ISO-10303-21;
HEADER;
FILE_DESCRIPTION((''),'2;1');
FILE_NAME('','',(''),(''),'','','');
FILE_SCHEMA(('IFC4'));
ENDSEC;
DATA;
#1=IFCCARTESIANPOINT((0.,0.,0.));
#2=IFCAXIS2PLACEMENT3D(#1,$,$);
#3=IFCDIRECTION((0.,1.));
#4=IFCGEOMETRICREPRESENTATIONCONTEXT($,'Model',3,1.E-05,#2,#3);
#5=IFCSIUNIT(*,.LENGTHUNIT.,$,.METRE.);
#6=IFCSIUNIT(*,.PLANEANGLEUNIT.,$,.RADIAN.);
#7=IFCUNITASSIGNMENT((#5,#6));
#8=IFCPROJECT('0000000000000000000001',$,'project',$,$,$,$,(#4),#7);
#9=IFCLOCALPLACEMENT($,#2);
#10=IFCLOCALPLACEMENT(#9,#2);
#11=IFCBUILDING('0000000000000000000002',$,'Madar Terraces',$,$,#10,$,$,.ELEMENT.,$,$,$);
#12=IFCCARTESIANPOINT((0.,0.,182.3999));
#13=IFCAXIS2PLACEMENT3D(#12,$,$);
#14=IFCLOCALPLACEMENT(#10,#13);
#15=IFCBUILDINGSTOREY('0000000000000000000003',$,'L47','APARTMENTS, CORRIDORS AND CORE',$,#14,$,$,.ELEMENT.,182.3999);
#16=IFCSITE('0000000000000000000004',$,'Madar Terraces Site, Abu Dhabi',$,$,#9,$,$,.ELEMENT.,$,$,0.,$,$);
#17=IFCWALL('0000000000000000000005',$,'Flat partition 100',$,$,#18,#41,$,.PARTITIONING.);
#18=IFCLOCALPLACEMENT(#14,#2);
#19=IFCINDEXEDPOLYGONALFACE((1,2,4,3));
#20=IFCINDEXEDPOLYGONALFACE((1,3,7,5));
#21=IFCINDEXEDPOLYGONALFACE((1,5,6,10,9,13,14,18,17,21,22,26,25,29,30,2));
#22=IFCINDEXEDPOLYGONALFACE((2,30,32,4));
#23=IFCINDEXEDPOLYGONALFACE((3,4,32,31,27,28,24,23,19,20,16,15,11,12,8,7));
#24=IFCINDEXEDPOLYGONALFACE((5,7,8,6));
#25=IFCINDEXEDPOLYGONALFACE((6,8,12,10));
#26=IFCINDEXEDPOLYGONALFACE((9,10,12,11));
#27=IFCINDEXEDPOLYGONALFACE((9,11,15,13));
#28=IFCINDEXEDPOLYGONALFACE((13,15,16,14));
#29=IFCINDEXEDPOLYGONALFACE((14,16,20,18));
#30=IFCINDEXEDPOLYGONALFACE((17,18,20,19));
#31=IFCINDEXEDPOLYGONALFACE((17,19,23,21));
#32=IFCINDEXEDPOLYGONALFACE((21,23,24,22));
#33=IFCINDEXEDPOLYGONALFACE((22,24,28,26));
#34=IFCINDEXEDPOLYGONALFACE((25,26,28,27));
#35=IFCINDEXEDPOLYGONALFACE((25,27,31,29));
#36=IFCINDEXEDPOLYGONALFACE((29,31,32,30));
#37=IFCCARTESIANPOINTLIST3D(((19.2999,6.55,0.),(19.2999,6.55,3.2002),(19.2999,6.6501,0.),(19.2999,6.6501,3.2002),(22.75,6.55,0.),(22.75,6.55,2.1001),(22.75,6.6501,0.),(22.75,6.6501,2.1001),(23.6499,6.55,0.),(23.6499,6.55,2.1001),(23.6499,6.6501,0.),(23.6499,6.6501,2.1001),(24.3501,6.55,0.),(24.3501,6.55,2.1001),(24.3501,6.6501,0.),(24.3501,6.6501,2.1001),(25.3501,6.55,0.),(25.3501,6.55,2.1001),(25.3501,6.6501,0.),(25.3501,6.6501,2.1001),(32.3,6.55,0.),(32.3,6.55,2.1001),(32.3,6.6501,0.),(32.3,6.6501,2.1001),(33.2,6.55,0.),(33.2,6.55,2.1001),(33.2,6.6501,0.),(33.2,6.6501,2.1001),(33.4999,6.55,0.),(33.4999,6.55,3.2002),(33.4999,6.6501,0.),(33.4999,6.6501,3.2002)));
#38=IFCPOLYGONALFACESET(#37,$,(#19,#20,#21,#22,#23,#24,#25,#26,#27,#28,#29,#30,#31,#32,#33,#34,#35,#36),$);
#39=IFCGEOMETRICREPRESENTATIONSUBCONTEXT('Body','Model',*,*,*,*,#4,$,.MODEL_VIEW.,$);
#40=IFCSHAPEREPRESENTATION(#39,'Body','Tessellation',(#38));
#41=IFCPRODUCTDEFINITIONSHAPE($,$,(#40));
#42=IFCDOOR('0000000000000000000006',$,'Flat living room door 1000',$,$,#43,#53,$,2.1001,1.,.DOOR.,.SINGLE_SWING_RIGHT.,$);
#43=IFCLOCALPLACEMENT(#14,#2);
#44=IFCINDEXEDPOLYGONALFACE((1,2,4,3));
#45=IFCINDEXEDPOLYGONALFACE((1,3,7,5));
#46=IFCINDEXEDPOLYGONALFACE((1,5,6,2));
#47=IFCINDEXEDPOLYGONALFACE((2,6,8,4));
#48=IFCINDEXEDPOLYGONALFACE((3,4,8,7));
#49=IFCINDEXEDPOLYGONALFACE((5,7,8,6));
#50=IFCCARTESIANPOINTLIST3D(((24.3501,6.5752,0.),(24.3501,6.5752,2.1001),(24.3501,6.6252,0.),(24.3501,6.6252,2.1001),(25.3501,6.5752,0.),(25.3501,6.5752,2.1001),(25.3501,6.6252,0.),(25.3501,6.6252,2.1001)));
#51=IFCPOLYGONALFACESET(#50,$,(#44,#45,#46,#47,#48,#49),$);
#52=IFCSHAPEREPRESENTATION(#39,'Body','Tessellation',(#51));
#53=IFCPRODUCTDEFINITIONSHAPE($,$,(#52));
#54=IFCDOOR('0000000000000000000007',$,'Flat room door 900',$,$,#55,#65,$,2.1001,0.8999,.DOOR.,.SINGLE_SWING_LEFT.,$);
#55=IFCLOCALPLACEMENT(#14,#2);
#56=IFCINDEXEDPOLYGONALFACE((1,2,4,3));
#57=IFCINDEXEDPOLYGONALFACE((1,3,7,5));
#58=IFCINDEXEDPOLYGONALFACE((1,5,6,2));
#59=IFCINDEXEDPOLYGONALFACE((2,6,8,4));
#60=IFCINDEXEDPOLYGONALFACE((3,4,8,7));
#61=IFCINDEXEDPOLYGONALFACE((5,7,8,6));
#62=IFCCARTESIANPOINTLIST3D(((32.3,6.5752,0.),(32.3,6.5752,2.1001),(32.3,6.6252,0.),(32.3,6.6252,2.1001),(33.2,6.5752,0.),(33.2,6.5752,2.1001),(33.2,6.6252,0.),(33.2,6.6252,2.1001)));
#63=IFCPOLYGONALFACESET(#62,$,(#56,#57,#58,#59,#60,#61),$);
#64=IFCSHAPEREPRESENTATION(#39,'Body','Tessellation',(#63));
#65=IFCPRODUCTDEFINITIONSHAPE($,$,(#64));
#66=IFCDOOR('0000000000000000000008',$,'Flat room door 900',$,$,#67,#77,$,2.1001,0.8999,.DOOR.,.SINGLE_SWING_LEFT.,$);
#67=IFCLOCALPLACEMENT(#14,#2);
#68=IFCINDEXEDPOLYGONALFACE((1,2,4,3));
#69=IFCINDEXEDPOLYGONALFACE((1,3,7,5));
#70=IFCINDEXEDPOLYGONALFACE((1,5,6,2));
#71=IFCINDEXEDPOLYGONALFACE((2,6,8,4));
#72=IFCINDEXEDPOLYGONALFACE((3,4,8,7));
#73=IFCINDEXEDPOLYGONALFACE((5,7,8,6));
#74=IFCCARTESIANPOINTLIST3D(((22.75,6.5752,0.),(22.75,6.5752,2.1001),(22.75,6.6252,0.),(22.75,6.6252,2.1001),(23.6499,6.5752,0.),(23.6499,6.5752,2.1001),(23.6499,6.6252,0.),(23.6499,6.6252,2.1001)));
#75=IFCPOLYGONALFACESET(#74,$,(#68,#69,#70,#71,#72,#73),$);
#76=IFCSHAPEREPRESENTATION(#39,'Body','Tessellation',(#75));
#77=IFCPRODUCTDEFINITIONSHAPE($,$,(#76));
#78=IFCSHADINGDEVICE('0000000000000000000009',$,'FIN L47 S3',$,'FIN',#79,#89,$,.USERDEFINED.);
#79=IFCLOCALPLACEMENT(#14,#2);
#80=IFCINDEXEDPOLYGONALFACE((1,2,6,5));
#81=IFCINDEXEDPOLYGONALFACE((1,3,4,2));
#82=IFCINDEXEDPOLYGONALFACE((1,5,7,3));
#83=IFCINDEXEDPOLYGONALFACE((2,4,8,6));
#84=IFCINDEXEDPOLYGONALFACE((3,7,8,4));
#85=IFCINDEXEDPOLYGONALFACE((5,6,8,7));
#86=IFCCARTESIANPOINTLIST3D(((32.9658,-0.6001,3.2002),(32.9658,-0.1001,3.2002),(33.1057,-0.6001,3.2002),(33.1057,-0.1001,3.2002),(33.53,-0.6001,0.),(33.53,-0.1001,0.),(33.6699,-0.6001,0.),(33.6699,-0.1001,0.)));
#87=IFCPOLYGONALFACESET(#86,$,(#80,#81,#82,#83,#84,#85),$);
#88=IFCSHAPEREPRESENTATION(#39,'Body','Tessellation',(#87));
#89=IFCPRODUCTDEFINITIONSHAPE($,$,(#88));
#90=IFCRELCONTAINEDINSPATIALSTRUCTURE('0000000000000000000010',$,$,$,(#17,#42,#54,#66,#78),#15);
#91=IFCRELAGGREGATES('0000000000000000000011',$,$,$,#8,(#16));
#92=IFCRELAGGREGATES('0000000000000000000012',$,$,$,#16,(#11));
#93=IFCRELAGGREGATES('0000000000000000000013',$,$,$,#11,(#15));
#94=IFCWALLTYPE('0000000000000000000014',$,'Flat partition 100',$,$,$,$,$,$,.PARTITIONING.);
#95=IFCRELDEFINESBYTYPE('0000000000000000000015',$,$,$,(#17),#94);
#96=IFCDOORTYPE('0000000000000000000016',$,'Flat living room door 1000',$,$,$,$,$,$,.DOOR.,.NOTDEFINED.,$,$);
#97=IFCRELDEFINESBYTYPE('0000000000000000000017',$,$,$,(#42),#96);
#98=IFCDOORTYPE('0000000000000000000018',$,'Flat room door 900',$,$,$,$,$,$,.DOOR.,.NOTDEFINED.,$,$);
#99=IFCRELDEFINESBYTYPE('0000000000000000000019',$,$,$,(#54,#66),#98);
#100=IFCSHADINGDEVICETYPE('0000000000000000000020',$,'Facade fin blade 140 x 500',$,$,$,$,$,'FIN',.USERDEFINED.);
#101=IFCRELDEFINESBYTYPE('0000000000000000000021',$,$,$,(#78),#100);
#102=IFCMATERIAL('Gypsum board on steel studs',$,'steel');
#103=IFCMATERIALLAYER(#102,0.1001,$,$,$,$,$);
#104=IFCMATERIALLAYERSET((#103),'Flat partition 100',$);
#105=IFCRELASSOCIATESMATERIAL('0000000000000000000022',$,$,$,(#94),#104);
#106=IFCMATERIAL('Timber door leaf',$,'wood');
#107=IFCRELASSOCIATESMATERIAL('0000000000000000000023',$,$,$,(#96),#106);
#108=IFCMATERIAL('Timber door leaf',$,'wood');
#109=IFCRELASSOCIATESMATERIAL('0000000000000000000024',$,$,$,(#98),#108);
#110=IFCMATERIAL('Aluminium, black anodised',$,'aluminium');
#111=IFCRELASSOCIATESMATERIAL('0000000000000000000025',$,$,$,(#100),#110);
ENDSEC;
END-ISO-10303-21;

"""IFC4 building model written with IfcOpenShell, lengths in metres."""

from ifc_helpers import new_model, si_unit, direction, frame, frame_2d, origin, place, context, subcontext, project, spatial, polyline, rectangle, outline, extrude, material, layer, layer_set, type_object, element, fill, save


model = new_model("IFC4")

# Units and contexts
model_context = context("Model", 3, precision=1e-05, world=origin(), true_north=direction((0.0, 1.0)))
body_context = subcontext(model_context, "Body", "Model", "MODEL_VIEW")
ifc_project = project(units=[si_unit("LENGTHUNIT", "METRE"), si_unit("PLANEANGLEUNIT", "RADIAN")], contexts=[model_context])

# Site, building, storey
site_placement = place(None, origin())
site = spatial("IfcSite", under=ifc_project, at=site_placement, Name="Madar Terraces Site, Abu Dhabi", CompositionType="ELEMENT", RefElevation=0.0)
building_placement = place(site_placement, origin())
building = spatial("IfcBuilding", under=site, at=building_placement, Name="Madar Terraces", CompositionType="ELEMENT")
storey_placement = place(building_placement, frame((0.0, 0.0, 182.3999)))
storey = spatial("IfcBuildingStorey", under=building, at=storey_placement, Name="L47", Description="APARTMENTS, CORRIDORS AND CORE", CompositionType="ELEMENT", Elevation=182.3999)

# Shared definitions
ifc_material_1 = material(Name="Gypsum board on steel studs", Category="steel")
ifc_layer_1 = layer(ifc_material_1, 0.1001)
ifc_layer_set_1 = layer_set([ifc_layer_1], Name="Flat partition 100")
wall_type_1 = type_object("IfcWallType", Name="Flat partition 100", PredefinedType="PARTITIONING", material=ifc_layer_set_1)

# Wall, openings, doors
wall_1_placement = place(storey_placement, frame((33.5, 6.6001, 0.0), z_axis=(0.0, 0.0, 1.0), x_axis=(-1.0, 0.0, 0.0)))
wall_1 = element("IfcWall", 1, at=wall_1_placement, inside=storey, type_object=wall_type_1, Name="Flat partition 100", PredefinedType="PARTITIONING", context=body_context, shape_type="SweptSolid", body=[
    extrude(rectangle(XDim=14.2, YDim=0.1001, at=frame_2d((7.1001, 0.0))), origin(), (0.0, 0.0, 1.0), 3.2002),
])
opening_1_placement = place(wall_1_placement, frame((0.3, 0.0, 0.0)))
opening_1 = element("IfcOpeningElement", 2, at=opening_1_placement, cuts=wall_1, PredefinedType="OPENING", context=body_context, shape_type="SweptSolid", body=[
    extrude(rectangle(XDim=0.8999, YDim=2.1001, at=frame_2d((0.45, 1.05))), frame((0.0, 0.0601, 0.0), z_axis=(0.0, -1.0, 0.0), x_axis=(1.0, 0.0, 0.0)), (0.0, 0.0, 1.0), 0.1201),
])
opening_2_placement = place(wall_1_placement, frame((8.1499, 0.0, 0.0)))
opening_2 = element("IfcOpeningElement", 3, at=opening_2_placement, cuts=wall_1, PredefinedType="OPENING", context=body_context, shape_type="SweptSolid", body=[
    extrude(rectangle(XDim=1.0, YDim=2.1001, at=frame_2d((0.5, 1.05))), frame((0.0, 0.0601, 0.0), z_axis=(0.0, -1.0, 0.0), x_axis=(1.0, 0.0, 0.0)), (0.0, 0.0, 1.0), 0.1201),
])
opening_3_placement = place(wall_1_placement, frame((9.8501, 0.0, 0.0)))
opening_3 = element("IfcOpeningElement", 4, at=opening_3_placement, cuts=wall_1, PredefinedType="OPENING", context=body_context, shape_type="SweptSolid", body=[
    extrude(rectangle(XDim=0.8999, YDim=2.1001, at=frame_2d((0.45, 1.05))), frame((0.0, 0.0601, 0.0), z_axis=(0.0, -1.0, 0.0), x_axis=(1.0, 0.0, 0.0)), (0.0, 0.0, 1.0), 0.1201),
])
ifc_material_2 = material(Name="Timber door leaf", Category="wood")
door_type_1 = type_object("IfcDoorType", Name="Flat living room door 1000", OperationType="NOTDEFINED", PredefinedType="DOOR", material=ifc_material_2)
door_1_placement = place(opening_2_placement, origin())
door_1 = element("IfcDoor", 5, at=door_1_placement, inside=storey, type_object=door_type_1, Name="Flat living room door 1000", OperationType="SINGLE_SWING_RIGHT", OverallHeight=2.1001, OverallWidth=1.0, PredefinedType="DOOR", context=body_context, shape_type="SweptSolid", body=[
    extrude(rectangle(XDim=1.0, YDim=2.1001, at=frame_2d((0.5, 1.05))), frame((0.0, 0.0249, 0.0), z_axis=(0.0, -1.0, 0.0), x_axis=(1.0, 0.0, 0.0)), (0.0, 0.0, 1.0), 0.05),
])
fill(opening_2, door_1)
ifc_material_3 = material(Name="Timber door leaf", Category="wood")
door_type_2 = type_object("IfcDoorType", Name="Flat room door 900", OperationType="NOTDEFINED", PredefinedType="DOOR", material=ifc_material_3)
door_2_placement = place(opening_1_placement, origin())
door_2 = element("IfcDoor", 6, at=door_2_placement, inside=storey, type_object=door_type_2, Name="Flat room door 900", OperationType="SINGLE_SWING_LEFT", OverallHeight=2.1001, OverallWidth=0.8999, PredefinedType="DOOR", context=body_context, shape_type="SweptSolid", body=[
    extrude(rectangle(XDim=0.8999, YDim=2.1001, at=frame_2d((0.45, 1.05))), frame((0.0, 0.0249, 0.0), z_axis=(0.0, -1.0, 0.0), x_axis=(1.0, 0.0, 0.0)), (0.0, 0.0, 1.0), 0.05),
])
fill(opening_1, door_2)
door_3_placement = place(opening_3_placement, origin())
door_3 = element("IfcDoor", 7, at=door_3_placement, inside=storey, type_object=door_type_2, Name="Flat room door 900", OperationType="SINGLE_SWING_LEFT", OverallHeight=2.1001, OverallWidth=0.8999, PredefinedType="DOOR", context=body_context, shape_type="SweptSolid", body=[
    extrude(rectangle(XDim=0.8999, YDim=2.1001, at=frame_2d((0.45, 1.05))), frame((0.0, 0.0249, 0.0), z_axis=(0.0, -1.0, 0.0), x_axis=(1.0, 0.0, 0.0)), (0.0, 0.0, 1.0), 0.05),
])
fill(opening_3, door_3)

# Shading device
ifc_material_4 = material(Name="Aluminium, black anodised", Category="aluminium")
shading_device_type = type_object("IfcShadingDeviceType", Name="Facade fin blade 140 x 500", ElementType="FIN", PredefinedType="USERDEFINED", material=ifc_material_4)
shading_device_placement = place(storey_placement, frame((33.53, -0.3501, 0.0), z_axis=(0.0, 0.0, 1.0), x_axis=(1.0, 0.0, 0.0)))
element("IfcShadingDevice", 8, at=shading_device_placement, inside=storey, type_object=shading_device_type, Name="FIN L47 S3", ObjectType="FIN", PredefinedType="USERDEFINED", context=body_context, shape_type="SweptSolid", body=[
    extrude(outline(polyline([(0.0, 0.0), (0.1399, 0.0), (-0.4243, 3.2002), (-0.5642, 3.2002), (0.0, 0.0)])), frame((0.0, 0.25, 0.0), z_axis=(0.0, -1.0, 0.0), x_axis=(1.0, 0.0, 0.0)), (0.0, 0.0, 1.0), 0.5),
])

save(model, "model.ifc")
